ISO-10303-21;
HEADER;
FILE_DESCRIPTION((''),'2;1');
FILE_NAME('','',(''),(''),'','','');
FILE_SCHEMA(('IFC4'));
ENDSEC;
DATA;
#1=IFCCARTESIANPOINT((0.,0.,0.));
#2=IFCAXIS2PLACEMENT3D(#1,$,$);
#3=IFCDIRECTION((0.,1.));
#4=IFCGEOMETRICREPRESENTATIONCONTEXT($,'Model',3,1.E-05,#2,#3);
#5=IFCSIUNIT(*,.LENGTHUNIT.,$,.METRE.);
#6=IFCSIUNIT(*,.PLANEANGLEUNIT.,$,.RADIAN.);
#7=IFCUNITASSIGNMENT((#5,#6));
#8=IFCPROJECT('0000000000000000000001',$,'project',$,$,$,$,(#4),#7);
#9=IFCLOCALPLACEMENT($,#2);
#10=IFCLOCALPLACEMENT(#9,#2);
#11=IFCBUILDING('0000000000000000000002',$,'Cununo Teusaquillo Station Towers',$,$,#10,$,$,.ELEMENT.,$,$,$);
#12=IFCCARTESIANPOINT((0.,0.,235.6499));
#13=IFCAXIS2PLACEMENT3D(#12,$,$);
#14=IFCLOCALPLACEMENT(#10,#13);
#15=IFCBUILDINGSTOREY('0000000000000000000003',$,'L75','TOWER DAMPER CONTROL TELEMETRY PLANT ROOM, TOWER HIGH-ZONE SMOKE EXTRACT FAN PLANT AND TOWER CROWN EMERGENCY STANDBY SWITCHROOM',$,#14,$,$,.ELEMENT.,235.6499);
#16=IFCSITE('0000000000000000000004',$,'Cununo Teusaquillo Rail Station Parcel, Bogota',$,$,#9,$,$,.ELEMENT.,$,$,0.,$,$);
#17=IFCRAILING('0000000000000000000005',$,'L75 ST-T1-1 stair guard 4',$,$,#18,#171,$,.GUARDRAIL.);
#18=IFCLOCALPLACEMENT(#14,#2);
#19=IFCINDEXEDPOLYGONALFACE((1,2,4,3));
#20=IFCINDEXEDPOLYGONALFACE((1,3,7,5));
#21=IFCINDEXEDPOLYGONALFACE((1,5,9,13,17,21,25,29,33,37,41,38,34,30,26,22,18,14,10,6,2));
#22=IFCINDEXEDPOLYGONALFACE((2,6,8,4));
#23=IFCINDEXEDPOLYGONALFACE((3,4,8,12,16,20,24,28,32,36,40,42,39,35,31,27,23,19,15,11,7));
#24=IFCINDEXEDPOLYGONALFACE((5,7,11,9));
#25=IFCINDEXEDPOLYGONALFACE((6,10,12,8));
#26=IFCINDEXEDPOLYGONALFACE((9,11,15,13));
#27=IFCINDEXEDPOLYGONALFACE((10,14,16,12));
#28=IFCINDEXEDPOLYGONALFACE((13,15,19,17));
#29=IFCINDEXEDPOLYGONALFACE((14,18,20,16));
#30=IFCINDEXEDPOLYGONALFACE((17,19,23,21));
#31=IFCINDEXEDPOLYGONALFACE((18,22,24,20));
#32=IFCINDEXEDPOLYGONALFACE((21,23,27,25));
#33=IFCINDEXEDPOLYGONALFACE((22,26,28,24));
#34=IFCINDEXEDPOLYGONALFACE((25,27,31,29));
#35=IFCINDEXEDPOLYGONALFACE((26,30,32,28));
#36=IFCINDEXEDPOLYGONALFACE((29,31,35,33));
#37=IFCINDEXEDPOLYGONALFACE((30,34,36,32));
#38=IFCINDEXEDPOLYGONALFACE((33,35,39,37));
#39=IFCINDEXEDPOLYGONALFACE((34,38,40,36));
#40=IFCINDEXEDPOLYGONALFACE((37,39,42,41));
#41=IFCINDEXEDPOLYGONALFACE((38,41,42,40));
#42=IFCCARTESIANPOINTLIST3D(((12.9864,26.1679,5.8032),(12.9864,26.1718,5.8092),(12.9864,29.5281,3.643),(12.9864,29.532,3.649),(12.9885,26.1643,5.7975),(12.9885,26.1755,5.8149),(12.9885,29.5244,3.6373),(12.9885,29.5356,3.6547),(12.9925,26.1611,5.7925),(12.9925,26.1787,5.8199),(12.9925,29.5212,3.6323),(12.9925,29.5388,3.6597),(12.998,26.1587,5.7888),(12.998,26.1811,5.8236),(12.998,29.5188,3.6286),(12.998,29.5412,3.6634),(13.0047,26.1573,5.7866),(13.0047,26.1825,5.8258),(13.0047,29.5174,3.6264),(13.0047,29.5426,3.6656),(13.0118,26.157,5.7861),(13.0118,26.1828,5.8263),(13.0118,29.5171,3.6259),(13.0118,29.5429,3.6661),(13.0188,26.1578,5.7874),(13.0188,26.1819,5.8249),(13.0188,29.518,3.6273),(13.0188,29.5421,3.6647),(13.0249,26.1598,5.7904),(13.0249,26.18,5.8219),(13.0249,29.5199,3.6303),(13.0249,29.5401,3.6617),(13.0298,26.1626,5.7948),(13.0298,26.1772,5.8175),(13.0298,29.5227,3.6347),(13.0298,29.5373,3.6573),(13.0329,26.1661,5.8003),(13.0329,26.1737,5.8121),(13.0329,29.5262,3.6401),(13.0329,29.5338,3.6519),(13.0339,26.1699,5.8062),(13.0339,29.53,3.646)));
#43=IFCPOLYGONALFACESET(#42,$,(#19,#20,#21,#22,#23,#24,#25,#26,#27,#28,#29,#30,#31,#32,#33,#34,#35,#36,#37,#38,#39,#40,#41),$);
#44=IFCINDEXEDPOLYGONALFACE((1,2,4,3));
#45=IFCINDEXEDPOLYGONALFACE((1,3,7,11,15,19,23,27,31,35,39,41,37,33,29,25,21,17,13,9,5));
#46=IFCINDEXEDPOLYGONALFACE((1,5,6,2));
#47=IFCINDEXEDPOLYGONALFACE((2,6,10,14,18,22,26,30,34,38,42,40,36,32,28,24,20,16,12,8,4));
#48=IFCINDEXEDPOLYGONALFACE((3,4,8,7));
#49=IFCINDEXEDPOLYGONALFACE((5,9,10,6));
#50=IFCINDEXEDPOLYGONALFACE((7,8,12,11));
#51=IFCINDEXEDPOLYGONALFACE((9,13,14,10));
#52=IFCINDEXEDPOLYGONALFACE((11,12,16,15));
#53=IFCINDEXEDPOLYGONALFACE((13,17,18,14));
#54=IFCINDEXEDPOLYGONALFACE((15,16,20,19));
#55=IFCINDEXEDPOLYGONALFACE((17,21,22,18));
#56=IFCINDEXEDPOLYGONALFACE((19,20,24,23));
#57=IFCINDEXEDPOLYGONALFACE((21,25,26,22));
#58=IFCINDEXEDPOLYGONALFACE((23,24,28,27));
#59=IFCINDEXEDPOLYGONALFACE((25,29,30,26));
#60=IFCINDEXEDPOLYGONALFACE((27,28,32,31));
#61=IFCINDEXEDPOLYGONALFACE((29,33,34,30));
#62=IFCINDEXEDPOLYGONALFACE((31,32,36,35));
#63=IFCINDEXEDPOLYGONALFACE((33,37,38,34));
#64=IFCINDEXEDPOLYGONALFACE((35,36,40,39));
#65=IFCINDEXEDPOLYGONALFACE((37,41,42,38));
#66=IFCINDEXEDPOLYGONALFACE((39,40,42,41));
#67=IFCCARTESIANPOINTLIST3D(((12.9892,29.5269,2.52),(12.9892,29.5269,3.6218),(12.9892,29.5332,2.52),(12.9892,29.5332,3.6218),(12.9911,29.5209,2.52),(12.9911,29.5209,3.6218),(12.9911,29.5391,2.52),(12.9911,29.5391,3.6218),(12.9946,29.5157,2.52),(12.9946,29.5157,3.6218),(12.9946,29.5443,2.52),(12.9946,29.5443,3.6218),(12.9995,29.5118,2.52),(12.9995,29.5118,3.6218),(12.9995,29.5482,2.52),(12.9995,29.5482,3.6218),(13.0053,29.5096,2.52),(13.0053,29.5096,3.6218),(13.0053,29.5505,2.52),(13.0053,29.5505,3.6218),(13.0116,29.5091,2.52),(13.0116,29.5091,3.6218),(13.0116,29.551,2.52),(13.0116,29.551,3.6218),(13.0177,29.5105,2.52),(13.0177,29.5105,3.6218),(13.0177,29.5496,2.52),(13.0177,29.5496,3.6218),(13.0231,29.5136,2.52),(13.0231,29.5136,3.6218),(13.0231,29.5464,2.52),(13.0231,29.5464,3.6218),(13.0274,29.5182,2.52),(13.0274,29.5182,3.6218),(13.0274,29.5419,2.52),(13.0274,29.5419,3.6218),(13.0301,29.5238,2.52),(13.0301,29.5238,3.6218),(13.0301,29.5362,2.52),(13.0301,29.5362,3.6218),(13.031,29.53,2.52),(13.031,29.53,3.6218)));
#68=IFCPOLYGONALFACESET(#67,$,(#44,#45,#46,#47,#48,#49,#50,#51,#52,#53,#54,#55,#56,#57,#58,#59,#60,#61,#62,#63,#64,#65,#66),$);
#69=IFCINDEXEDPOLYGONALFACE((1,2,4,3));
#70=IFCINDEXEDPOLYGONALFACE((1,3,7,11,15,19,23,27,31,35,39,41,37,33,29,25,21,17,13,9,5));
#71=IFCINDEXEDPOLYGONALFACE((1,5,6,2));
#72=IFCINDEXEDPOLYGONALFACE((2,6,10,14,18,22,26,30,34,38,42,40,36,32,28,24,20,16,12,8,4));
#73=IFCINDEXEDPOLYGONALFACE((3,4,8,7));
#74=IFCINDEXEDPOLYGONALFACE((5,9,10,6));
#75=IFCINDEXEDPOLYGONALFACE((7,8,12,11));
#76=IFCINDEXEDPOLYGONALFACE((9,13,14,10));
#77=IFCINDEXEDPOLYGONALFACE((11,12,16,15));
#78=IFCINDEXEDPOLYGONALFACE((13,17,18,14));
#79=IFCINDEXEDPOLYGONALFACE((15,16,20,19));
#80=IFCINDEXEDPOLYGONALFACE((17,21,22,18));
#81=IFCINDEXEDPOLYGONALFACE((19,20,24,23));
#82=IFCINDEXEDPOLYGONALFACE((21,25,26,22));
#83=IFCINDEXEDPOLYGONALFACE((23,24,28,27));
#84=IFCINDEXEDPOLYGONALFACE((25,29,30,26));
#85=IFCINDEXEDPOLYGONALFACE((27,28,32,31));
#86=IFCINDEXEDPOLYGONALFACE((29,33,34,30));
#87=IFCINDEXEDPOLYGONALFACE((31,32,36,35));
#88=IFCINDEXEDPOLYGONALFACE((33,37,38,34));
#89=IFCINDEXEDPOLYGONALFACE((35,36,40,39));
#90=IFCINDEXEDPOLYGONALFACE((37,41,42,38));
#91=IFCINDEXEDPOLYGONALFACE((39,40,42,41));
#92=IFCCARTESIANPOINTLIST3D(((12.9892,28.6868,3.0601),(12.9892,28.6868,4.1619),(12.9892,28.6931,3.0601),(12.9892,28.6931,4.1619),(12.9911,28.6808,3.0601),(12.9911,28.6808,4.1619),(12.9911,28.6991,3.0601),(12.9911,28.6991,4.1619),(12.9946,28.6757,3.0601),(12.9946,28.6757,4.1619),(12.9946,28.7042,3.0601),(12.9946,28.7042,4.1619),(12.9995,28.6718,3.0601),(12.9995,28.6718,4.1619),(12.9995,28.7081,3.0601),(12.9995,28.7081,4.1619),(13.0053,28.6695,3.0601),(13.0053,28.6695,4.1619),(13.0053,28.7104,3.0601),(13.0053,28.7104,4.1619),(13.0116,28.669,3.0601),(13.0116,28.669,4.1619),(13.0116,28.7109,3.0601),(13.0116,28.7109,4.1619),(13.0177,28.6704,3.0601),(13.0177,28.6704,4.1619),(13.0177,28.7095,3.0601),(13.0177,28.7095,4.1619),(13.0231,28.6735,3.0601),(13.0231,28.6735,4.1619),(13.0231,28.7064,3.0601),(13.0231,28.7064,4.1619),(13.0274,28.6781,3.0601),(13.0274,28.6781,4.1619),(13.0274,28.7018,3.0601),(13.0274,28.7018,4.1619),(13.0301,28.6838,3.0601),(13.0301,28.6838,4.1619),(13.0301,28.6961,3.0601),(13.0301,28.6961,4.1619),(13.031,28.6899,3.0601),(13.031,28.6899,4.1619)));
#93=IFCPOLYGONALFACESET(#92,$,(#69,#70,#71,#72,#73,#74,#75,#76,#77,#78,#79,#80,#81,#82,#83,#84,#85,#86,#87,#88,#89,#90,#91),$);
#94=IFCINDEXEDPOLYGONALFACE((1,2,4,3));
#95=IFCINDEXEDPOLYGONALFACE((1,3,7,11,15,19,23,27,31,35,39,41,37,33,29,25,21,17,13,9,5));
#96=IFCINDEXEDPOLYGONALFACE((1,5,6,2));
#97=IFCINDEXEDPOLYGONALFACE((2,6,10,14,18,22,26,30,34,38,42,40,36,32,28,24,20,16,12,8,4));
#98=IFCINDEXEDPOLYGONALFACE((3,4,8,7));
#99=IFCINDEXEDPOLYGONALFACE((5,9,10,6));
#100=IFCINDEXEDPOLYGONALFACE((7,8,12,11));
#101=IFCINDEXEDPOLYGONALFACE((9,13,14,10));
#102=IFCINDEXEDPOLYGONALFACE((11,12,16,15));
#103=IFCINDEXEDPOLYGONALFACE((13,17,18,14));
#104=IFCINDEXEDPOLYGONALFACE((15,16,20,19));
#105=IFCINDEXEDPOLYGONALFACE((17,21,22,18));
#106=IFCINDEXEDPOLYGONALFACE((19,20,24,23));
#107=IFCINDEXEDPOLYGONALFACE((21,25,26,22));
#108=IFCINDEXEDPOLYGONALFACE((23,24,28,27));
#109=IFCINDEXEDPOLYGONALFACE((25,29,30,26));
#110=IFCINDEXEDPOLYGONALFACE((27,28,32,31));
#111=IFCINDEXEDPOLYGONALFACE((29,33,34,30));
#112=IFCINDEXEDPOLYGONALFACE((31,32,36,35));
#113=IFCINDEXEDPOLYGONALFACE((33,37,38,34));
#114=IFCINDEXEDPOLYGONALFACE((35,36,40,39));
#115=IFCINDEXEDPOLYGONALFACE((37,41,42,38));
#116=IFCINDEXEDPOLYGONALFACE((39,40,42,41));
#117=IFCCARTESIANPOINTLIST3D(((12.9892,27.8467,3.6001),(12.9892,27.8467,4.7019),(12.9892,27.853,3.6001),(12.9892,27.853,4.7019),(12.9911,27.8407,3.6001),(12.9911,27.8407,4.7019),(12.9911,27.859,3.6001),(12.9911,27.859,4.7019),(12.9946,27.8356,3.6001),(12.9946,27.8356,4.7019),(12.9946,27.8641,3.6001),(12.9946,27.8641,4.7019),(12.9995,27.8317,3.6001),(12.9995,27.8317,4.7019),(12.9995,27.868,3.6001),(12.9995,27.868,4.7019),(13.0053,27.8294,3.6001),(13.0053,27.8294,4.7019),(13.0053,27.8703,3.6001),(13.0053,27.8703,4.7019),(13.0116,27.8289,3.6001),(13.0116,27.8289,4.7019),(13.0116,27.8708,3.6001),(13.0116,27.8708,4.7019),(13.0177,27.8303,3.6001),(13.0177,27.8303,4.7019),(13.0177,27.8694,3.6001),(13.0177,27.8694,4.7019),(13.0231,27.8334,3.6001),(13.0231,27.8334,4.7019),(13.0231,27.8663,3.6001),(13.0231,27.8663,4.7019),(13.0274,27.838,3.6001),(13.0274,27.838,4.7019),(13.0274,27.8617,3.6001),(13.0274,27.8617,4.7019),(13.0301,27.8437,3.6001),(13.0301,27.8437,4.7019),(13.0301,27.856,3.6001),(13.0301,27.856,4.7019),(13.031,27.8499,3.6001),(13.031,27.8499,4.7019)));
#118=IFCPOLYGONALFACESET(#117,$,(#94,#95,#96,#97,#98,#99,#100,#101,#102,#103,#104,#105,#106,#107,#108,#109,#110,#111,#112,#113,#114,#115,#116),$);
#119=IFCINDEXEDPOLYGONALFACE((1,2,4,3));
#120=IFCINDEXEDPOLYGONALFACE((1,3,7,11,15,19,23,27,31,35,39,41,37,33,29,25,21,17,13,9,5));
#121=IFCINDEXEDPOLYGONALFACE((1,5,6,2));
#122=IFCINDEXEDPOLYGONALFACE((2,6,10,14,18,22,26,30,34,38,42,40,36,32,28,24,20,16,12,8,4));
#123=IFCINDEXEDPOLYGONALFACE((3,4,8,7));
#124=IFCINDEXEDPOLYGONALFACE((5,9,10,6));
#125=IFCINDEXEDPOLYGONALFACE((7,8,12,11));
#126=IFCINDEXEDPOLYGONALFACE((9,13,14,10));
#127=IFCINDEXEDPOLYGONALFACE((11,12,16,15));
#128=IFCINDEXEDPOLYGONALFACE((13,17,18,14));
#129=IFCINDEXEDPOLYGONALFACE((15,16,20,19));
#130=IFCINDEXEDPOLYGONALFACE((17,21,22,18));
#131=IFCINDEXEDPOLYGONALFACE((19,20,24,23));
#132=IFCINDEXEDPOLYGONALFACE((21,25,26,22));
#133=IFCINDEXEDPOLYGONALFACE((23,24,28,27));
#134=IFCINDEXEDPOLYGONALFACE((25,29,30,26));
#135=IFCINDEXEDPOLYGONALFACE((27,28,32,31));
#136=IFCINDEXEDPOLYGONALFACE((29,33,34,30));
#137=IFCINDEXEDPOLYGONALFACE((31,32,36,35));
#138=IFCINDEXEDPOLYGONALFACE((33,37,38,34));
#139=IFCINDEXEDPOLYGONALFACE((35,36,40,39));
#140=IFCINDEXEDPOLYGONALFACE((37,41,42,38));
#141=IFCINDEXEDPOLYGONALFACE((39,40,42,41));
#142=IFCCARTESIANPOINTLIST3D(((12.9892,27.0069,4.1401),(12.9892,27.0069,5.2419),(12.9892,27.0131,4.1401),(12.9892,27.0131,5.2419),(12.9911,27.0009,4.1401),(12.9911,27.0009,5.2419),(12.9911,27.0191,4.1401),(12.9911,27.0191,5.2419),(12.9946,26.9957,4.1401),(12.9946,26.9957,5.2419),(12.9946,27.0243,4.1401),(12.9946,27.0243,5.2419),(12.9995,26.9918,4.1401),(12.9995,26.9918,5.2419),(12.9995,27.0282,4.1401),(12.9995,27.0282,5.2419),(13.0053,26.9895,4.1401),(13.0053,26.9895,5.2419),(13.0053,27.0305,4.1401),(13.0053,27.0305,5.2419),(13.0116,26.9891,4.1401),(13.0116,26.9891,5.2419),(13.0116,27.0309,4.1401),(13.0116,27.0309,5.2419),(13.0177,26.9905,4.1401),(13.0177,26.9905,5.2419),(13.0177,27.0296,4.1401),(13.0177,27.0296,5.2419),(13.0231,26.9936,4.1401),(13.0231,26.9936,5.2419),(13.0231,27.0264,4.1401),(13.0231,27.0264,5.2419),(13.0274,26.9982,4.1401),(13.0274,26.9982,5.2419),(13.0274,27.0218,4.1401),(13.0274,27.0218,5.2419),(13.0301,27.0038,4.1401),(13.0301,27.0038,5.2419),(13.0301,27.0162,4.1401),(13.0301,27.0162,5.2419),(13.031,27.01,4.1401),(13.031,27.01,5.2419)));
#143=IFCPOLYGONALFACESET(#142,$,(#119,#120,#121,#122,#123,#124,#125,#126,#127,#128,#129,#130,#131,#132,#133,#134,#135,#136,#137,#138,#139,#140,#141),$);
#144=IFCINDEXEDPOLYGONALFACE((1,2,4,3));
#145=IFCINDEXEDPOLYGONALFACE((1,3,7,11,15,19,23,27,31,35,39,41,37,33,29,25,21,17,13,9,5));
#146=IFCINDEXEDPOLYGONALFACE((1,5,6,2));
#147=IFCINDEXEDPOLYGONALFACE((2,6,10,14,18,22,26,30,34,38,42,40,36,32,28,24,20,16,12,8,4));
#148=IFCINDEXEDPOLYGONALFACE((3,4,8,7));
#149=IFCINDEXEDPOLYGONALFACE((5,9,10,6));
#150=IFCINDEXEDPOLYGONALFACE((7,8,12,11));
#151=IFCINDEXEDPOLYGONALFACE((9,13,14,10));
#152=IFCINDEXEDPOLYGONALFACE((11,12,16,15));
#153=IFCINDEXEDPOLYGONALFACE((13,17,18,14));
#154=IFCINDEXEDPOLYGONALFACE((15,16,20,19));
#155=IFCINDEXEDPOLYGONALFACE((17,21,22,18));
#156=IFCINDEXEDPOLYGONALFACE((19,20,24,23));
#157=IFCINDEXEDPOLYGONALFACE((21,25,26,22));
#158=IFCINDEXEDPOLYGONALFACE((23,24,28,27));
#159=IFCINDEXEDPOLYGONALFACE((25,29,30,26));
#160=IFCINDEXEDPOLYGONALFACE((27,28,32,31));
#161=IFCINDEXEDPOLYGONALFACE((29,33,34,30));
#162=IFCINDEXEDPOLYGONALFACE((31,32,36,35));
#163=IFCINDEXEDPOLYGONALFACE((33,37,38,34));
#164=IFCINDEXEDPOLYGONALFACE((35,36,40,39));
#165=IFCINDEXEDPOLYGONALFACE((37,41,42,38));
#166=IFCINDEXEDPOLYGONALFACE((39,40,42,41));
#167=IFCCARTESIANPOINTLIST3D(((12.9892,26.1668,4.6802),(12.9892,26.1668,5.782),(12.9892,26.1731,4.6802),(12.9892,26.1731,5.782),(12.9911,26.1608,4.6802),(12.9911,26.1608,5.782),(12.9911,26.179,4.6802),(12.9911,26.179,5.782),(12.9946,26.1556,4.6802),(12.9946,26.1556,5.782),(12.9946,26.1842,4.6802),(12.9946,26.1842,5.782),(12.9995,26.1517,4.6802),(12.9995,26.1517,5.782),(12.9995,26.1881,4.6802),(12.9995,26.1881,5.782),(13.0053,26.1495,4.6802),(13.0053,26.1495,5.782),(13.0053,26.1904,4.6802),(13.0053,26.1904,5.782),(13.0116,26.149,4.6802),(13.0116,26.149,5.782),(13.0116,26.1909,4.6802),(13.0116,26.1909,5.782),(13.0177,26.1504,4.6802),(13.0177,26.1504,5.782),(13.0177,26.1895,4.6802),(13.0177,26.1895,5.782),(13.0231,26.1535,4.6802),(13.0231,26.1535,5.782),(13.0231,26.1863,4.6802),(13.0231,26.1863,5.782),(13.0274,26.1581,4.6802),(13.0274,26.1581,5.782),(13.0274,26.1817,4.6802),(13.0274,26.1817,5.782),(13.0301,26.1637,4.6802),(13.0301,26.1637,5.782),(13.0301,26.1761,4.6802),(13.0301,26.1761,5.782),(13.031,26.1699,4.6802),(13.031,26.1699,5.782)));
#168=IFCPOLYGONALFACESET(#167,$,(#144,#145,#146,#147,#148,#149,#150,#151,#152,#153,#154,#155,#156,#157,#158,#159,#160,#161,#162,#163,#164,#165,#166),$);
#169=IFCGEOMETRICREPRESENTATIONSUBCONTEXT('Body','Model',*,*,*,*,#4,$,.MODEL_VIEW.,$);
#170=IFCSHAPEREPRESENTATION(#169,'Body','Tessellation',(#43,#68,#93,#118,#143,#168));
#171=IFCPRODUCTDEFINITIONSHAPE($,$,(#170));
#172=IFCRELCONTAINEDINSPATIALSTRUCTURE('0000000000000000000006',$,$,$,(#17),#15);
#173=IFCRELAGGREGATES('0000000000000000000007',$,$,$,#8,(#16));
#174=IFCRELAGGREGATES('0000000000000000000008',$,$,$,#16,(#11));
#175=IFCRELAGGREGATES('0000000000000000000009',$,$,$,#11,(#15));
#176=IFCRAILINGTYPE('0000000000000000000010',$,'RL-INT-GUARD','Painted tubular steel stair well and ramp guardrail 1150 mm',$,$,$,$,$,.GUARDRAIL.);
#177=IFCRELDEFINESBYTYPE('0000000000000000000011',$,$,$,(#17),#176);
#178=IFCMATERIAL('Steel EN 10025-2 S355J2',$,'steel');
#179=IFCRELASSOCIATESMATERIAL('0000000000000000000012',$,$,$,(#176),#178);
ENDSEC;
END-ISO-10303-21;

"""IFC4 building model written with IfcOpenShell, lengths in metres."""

from ifc_helpers import new_model, si_unit, direction, frame, origin, origin_2d, place, context, subcontext, project, spatial, circle, extrude, material, type_object, element, save


model = new_model("IFC4")

# Units and contexts
model_context = context("Model", 3, precision=1e-05, world=origin(), true_north=direction((0.0, 1.0)))
body_context = subcontext(model_context, "Body", "Model", "MODEL_VIEW")
ifc_project = project(units=[si_unit("LENGTHUNIT", "METRE"), si_unit("PLANEANGLEUNIT", "RADIAN")], contexts=[model_context])

# Site, building, storey
site_placement = place(None, origin())
site = spatial("IfcSite", under=ifc_project, at=site_placement, Name="Cununo Teusaquillo Rail Station Parcel, Bogota", CompositionType="ELEMENT", RefElevation=0.0)
building_placement = place(site_placement, origin())
building = spatial("IfcBuilding", under=site, at=building_placement, Name="Cununo Teusaquillo Station Towers", CompositionType="ELEMENT")
storey_placement = place(building_placement, frame((0.0, 0.0, 235.6499)))
storey = spatial("IfcBuildingStorey", under=building, at=storey_placement, Name="L75", Description="TOWER DAMPER CONTROL TELEMETRY PLANT ROOM, TOWER HIGH-ZONE SMOKE EXTRACT FAN PLANT AND TOWER CROWN EMERGENCY STANDBY SWITCHROOM", CompositionType="ELEMENT", Elevation=235.6499)

# Railing
ifc_material_1 = material(Name="Steel EN 10025-2 S355J2", Category="steel")
railing_type_1 = type_object("IfcRailingType", Name="RL-INT-GUARD", Description="Painted tubular steel stair well and ramp guardrail 1150 mm", PredefinedType="GUARDRAIL", material=ifc_material_1)
railing_1_placement = place(storey_placement, frame((13.01, 29.53, 2.52)))
element("IfcRailing", 1, at=railing_1_placement, inside=storey, type_object=railing_type_1, Name="L75 ST-T1-1 stair guard 4", PredefinedType="GUARDRAIL", context=body_context, shape_type="SweptSolid", body=[
    extrude(circle(Radius=0.0239, at=origin_2d()), frame((0.0, 0.0, 1.126), z_axis=(0.0, -0.841169, 0.540773), x_axis=(1.0, 0.0, 0.0)), (0.0, 0.0, 1.0), 3.9946),
    extrude(circle(Radius=0.021, at=origin_2d()), origin(), (0.0, 0.0, 1.0), 1.1018),
    extrude(circle(Radius=0.021, at=origin_2d()), frame((0.0, -0.8401, 0.54)), (0.0, 0.0, 1.0), 1.1018),
    extrude(circle(Radius=0.021, at=origin_2d()), frame((0.0, -1.6802, 1.0801)), (0.0, 0.0, 1.0), 1.1018),
    extrude(circle(Radius=0.021, at=origin_2d()), frame((0.0, -2.52, 1.6201)), (0.0, 0.0, 1.0), 1.1018),
    extrude(circle(Radius=0.021, at=origin_2d()), frame((0.0, -3.3601, 2.1602)), (0.0, 0.0, 1.0), 1.1018),
])

save(model, "model.ifc")
